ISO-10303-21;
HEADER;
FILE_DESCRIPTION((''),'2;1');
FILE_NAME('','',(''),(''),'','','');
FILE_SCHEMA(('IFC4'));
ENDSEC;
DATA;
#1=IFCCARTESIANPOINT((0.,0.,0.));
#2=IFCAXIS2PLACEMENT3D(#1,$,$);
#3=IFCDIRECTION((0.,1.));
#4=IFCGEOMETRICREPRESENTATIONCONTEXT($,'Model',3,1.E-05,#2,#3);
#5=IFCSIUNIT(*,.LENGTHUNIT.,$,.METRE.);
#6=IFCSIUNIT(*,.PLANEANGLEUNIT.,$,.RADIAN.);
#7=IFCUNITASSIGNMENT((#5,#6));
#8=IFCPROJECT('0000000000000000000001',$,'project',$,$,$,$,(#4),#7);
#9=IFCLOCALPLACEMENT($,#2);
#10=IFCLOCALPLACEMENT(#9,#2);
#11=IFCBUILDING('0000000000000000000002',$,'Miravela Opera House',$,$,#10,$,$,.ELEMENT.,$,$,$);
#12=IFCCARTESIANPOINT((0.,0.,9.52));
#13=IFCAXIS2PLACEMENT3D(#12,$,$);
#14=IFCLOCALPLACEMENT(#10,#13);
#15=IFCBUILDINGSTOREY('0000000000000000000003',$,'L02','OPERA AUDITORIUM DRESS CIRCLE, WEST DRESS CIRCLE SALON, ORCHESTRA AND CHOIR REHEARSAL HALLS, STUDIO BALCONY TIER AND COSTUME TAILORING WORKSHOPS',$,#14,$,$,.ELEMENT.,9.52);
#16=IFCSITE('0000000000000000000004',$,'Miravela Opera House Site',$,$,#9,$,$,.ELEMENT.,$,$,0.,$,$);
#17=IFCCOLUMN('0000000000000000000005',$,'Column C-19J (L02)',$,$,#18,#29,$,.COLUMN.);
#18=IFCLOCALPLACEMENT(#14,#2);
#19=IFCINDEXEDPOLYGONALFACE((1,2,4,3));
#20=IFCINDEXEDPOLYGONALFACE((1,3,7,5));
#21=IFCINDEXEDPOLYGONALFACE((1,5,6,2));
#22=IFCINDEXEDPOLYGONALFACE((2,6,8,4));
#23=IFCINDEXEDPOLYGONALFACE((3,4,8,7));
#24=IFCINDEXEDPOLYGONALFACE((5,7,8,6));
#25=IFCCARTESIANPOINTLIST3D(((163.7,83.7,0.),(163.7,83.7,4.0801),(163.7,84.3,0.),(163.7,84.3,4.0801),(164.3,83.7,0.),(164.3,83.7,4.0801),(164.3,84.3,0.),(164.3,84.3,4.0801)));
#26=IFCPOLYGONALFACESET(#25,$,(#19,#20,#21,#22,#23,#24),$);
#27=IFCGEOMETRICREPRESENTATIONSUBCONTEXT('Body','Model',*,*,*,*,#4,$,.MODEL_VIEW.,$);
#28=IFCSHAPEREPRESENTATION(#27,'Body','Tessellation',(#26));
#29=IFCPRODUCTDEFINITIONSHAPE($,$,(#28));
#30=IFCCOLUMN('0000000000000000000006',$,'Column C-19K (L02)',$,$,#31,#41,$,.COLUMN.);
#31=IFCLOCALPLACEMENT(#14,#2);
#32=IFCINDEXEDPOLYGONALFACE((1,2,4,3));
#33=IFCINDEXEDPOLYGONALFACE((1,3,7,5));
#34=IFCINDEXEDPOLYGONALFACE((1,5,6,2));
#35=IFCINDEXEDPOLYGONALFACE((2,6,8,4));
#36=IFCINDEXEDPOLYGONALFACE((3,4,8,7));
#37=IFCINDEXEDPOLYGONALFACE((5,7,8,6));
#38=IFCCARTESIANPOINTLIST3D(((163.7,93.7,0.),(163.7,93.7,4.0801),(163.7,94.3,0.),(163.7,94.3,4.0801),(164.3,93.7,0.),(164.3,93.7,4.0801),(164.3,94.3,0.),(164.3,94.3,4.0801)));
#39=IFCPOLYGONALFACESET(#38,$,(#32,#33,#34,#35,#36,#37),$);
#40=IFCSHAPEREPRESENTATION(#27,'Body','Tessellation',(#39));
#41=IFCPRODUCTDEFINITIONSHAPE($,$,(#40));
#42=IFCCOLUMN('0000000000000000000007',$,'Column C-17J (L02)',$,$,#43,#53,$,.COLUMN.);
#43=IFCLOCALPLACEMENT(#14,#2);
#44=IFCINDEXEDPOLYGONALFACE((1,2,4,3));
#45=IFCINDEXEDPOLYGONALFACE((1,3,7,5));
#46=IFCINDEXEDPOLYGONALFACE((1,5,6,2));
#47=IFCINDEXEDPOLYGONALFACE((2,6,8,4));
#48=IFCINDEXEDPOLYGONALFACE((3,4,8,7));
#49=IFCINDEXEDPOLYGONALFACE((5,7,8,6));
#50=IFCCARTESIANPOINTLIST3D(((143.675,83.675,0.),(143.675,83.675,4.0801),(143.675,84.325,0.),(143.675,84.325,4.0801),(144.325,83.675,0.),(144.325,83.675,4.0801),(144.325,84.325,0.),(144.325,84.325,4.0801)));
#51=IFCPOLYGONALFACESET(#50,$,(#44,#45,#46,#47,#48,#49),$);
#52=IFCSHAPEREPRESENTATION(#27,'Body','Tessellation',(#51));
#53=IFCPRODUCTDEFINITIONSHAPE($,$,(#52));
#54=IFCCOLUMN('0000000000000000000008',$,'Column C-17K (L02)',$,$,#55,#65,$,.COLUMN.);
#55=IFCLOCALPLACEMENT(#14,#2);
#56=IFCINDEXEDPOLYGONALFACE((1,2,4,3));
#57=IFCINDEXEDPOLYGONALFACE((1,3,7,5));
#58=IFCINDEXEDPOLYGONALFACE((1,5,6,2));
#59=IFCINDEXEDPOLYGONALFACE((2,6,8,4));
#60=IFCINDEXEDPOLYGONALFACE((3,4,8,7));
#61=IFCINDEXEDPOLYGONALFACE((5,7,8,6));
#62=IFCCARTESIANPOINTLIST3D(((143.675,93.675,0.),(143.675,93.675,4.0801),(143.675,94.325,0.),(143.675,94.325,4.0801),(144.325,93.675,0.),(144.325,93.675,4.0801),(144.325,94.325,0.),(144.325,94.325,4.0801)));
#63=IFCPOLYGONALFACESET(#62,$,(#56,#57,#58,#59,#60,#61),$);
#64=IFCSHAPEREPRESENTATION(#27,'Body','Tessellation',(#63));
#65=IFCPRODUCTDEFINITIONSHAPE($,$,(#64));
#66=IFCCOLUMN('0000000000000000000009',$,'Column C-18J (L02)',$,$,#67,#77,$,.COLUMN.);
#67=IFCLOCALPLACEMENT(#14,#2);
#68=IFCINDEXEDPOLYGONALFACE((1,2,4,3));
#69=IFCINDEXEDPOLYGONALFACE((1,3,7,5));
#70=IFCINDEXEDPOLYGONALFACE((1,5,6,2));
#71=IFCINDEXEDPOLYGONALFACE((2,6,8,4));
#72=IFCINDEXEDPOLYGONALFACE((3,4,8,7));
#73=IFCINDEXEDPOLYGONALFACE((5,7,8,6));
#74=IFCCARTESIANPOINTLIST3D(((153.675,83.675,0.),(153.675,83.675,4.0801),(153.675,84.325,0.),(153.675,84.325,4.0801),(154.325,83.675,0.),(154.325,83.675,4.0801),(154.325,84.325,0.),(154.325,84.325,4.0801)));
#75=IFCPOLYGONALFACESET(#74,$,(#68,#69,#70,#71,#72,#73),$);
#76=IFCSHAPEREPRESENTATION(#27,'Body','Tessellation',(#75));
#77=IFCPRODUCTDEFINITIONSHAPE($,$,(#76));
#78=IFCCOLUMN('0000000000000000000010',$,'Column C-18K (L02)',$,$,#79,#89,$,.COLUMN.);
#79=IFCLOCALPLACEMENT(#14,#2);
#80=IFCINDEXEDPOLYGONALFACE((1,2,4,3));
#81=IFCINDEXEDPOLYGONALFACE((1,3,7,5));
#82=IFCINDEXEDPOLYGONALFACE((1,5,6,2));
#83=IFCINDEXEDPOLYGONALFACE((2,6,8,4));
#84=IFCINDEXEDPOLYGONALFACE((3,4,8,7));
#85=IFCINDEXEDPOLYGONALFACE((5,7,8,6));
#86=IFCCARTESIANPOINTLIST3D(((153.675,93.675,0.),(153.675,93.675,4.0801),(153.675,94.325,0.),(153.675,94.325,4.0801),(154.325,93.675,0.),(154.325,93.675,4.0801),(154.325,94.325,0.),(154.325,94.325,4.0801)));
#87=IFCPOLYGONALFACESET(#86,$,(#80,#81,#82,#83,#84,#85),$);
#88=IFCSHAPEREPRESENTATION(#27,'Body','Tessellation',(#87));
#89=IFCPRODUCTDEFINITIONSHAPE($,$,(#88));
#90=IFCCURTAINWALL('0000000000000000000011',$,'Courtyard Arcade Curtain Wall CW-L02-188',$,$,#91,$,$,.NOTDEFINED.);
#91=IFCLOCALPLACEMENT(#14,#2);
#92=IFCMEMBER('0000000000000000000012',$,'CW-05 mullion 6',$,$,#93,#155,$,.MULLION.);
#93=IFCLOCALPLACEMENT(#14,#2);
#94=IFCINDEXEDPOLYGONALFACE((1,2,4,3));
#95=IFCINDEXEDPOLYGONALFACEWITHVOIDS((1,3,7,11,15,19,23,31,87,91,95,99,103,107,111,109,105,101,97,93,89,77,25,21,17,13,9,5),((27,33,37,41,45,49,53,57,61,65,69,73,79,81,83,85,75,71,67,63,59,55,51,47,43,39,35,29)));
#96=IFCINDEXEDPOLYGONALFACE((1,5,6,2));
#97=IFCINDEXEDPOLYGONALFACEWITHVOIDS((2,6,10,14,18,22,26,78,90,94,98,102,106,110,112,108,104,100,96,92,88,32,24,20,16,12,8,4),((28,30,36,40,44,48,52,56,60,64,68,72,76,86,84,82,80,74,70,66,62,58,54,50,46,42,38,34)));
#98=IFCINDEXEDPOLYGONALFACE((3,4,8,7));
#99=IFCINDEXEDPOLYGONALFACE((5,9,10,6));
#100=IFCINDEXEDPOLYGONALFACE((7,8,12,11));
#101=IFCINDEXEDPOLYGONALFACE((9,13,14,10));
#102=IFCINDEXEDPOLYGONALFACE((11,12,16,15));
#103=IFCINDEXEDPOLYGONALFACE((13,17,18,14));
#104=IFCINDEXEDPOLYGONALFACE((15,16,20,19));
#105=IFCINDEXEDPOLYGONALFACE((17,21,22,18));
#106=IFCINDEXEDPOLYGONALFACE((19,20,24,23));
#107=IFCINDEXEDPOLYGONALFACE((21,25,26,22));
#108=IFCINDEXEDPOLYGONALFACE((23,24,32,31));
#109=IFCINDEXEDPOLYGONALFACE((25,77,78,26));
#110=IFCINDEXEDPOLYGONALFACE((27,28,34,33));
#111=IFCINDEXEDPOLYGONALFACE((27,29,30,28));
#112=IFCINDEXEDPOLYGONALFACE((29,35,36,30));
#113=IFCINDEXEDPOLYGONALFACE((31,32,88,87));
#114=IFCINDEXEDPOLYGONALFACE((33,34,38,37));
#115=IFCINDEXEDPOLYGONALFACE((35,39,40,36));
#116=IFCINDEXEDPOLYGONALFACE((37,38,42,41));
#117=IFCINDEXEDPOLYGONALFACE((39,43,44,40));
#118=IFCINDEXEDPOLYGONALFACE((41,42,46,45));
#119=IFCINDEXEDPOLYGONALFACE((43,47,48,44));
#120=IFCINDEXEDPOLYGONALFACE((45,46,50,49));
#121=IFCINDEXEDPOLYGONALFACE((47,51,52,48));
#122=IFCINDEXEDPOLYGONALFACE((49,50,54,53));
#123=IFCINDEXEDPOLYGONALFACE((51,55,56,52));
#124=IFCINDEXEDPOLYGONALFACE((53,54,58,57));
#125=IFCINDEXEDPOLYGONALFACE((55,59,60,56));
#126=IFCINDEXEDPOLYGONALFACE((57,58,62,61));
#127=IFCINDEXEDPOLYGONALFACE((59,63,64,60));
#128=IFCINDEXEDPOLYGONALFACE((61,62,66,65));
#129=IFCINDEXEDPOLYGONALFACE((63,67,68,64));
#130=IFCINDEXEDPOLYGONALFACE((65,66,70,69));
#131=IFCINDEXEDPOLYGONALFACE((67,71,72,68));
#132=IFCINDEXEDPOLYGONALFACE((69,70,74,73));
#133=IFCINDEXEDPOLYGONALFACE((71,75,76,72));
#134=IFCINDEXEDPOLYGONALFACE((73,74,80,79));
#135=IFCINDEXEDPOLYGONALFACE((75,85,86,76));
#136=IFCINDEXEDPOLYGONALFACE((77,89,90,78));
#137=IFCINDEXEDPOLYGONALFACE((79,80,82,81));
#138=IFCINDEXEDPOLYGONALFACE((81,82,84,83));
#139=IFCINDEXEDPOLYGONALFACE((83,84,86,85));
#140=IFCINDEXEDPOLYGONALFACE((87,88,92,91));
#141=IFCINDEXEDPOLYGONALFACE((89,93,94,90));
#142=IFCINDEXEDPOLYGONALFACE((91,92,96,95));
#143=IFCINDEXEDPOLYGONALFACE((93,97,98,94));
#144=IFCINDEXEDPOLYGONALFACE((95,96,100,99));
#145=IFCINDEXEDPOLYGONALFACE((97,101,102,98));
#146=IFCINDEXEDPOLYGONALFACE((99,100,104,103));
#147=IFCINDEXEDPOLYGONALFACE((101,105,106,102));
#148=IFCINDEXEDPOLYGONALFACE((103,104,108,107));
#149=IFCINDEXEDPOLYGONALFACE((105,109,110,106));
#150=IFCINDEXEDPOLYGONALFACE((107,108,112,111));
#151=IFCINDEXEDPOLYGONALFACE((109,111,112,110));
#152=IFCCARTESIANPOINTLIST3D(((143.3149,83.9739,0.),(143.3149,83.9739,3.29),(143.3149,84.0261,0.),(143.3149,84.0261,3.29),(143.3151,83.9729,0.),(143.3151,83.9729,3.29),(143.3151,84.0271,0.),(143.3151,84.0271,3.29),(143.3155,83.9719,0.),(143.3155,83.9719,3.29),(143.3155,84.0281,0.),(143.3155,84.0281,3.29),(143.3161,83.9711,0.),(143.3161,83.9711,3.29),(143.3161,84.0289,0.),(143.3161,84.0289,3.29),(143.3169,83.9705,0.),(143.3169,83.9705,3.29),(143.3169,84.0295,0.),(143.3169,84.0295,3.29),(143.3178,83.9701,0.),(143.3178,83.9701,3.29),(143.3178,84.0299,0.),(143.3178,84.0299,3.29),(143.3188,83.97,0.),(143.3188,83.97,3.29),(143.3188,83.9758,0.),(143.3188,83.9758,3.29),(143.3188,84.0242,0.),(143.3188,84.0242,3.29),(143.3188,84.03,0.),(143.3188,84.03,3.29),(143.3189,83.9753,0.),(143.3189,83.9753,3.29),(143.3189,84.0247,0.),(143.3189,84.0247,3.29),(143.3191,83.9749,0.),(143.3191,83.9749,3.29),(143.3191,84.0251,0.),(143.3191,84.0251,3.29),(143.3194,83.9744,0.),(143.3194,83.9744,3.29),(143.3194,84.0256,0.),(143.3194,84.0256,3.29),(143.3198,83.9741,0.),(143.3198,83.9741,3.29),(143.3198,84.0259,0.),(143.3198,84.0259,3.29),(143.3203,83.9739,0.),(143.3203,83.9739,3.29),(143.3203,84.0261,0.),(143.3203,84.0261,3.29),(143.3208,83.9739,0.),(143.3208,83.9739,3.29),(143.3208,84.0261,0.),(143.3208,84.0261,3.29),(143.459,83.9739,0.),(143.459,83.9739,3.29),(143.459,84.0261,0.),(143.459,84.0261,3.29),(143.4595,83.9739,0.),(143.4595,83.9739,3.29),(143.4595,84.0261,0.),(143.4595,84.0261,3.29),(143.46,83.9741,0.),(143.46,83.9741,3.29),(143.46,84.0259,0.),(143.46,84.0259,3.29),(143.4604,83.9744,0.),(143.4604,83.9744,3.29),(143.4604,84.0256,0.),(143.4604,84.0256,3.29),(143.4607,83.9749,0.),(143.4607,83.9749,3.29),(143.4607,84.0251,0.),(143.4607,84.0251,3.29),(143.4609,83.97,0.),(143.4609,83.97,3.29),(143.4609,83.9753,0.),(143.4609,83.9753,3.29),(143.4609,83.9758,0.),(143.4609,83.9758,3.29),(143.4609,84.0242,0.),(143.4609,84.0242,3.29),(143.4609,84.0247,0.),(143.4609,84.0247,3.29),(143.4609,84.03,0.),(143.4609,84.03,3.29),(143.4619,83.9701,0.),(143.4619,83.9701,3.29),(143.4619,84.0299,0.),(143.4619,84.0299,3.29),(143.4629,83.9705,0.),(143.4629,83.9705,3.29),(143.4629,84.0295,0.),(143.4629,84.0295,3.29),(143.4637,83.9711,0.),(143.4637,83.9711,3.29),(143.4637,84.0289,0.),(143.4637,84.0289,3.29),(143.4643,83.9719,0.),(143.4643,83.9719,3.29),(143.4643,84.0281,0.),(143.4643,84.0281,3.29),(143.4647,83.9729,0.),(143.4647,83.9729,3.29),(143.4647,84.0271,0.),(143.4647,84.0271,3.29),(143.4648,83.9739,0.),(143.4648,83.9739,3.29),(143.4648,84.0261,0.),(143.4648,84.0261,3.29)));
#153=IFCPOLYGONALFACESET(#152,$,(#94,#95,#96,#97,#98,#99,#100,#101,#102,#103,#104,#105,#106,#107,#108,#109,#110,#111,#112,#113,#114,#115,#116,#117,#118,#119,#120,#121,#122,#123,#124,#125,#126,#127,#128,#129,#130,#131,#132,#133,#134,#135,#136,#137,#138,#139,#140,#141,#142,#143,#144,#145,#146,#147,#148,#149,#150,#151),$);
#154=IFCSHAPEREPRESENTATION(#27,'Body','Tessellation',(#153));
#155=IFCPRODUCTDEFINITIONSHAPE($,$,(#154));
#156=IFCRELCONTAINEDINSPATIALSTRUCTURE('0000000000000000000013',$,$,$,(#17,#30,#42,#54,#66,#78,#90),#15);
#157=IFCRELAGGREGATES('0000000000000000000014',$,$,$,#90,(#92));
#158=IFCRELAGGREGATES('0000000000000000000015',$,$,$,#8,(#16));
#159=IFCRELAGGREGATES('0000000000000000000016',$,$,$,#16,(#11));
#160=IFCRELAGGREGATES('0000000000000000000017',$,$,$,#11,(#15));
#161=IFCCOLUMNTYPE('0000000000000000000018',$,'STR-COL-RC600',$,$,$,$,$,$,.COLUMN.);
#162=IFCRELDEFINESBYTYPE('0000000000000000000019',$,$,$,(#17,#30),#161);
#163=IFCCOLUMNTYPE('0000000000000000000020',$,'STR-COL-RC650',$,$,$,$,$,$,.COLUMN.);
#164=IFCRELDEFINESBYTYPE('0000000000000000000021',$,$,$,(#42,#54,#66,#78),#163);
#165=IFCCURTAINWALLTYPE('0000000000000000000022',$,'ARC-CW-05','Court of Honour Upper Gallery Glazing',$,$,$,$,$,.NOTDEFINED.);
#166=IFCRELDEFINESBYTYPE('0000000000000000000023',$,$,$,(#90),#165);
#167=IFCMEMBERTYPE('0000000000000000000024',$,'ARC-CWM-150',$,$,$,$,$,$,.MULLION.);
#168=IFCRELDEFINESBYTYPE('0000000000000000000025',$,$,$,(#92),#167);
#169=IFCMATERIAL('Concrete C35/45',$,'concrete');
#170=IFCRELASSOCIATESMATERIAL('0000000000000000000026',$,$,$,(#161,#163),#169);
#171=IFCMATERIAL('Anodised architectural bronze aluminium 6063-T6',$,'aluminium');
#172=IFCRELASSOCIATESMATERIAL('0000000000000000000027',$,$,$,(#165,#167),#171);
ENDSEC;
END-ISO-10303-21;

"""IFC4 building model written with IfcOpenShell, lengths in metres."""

from ifc_helpers import new_model, si_unit, direction, frame, origin, origin_2d, place, context, subcontext, project, spatial, rectangle, hollow_rectangle, extrude, material, material_profile, profile_set, type_object, element, aggregate, save


model = new_model("IFC4")

# Units and contexts
model_context = context("Model", 3, precision=1e-05, world=origin(), true_north=direction((0.0, 1.0)))
body_context = subcontext(model_context, "Body", "Model", "MODEL_VIEW")
ifc_project = project(units=[si_unit("LENGTHUNIT", "METRE"), si_unit("PLANEANGLEUNIT", "RADIAN")], contexts=[model_context])

# Site, building, storey
site_placement = place(None, origin())
site = spatial("IfcSite", under=ifc_project, at=site_placement, Name="Miravela Opera House Site", CompositionType="ELEMENT", RefElevation=0.0)
building_placement = place(site_placement, origin())
building = spatial("IfcBuilding", under=site, at=building_placement, Name="Miravela Opera House", CompositionType="ELEMENT")
storey_placement = place(building_placement, frame((0.0, 0.0, 9.52)))
storey = spatial("IfcBuildingStorey", under=building, at=storey_placement, Name="L02", Description="OPERA AUDITORIUM DRESS CIRCLE, WEST DRESS CIRCLE SALON, ORCHESTRA AND CHOIR REHEARSAL HALLS, STUDIO BALCONY TIER AND COSTUME TAILORING WORKSHOPS", CompositionType="ELEMENT", Elevation=9.52)

# Columns
ifc_material_1 = material(Name="Concrete C35/45", Category="concrete")
ifc_material_profile_1 = material_profile(ifc_material_1, rectangle(XDim=0.6001, YDim=0.6001, at=origin_2d()), Name="RC-COL-600X600")
ifc_profile_set_1 = profile_set([ifc_material_profile_1])
column_type_1 = type_object("IfcColumnType", Name="STR-COL-RC600", PredefinedType="COLUMN", material=ifc_profile_set_1)
for number, where, z_axis, x_axis, name in (
    (1, (164.0, 84.0, 0.0), (0.0, 0.0, 1.0), (1.0, 0.0, 0.0), "Column C-19J (L02)"),
    (2, (164.0, 94.0, 0.0), (0.0, 0.0, 1.0), (1.0, 0.0, 0.0), "Column C-19K (L02)"),
):
    element("IfcColumn", number, at=place(storey_placement, frame(where, z_axis=z_axis, x_axis=x_axis)), inside=storey, type_object=column_type_1, Name=name, PredefinedType="COLUMN", context=body_context, shape_type="SweptSolid", body=[
        extrude(rectangle(XDim=0.6001, YDim=0.6001, at=origin_2d()), origin(), (0.0, 0.0, 1.0), 4.0801),
    ])
ifc_material_profile_2 = material_profile(ifc_material_1, rectangle(XDim=0.6499, YDim=0.6499, at=origin_2d()), Name="RC-COL-650X650")
ifc_profile_set_2 = profile_set([ifc_material_profile_2])
column_type_2 = type_object("IfcColumnType", Name="STR-COL-RC650", PredefinedType="COLUMN", material=ifc_profile_set_2)
for number, where, z_axis, x_axis, name in (
    (3, (144.0, 84.0, 0.0), (0.0, 0.0, 1.0), (1.0, 0.0, 0.0), "Column C-17J (L02)"),
    (4, (144.0, 94.0, 0.0), (0.0, 0.0, 1.0), (1.0, 0.0, 0.0), "Column C-17K (L02)"),
    (5, (154.0, 84.0, 0.0), (0.0, 0.0, 1.0), (1.0, 0.0, 0.0), "Column C-18J (L02)"),
    (6, (154.0, 94.0, 0.0), (0.0, 0.0, 1.0), (1.0, 0.0, 0.0), "Column C-18K (L02)"),
):
    element("IfcColumn", number, at=place(storey_placement, frame(where, z_axis=z_axis, x_axis=x_axis)), inside=storey, type_object=column_type_2, Name=name, PredefinedType="COLUMN", context=body_context, shape_type="SweptSolid", body=[
        extrude(rectangle(XDim=0.6499, YDim=0.6499, at=origin_2d()), origin(), (0.0, 0.0, 1.0), 4.0801),
    ])

# Curtain wall, member
ifc_material_2 = material(Name="Anodised architectural bronze aluminium 6063-T6", Category="aluminium")
curtain_wall_type = type_object("IfcCurtainWallType", Name="ARC-CW-05", Description="Court of Honour Upper Gallery Glazing", PredefinedType="NOTDEFINED", material=ifc_material_2)
curtain_wall_1_placement = place(storey_placement, origin())
curtain_wall_1 = element("IfcCurtainWall", 7, at=curtain_wall_1_placement, inside=storey, type_object=curtain_wall_type, Name="Courtyard Arcade Curtain Wall CW-L02-188", PredefinedType="NOTDEFINED")
ifc_material_profile_3 = material_profile(ifc_material_2, hollow_rectangle(XDim=0.0601, YDim=0.1499, WallThickness=0.0039, InnerFilletRadius=0.002, OuterFilletRadius=0.0039, at=origin_2d()), Name="CWM-60X150")
ifc_profile_set_3 = profile_set([ifc_material_profile_3])
member_type_1 = type_object("IfcMemberType", Name="ARC-CWM-150", PredefinedType="MULLION", material=ifc_profile_set_3)
member_1_placement = place(storey_placement, frame((143.3899, 84.0, 0.0), z_axis=(0.0, 0.0, 1.0), x_axis=(0.0, 1.0, 0.0)))
member_1 = element("IfcMember", 8, at=member_1_placement, type_object=member_type_1, Name="CW-05 mullion 6", PredefinedType="MULLION", context=body_context, shape_type="SweptSolid", body=[
    extrude(hollow_rectangle(XDim=0.0601, YDim=0.1499, WallThickness=0.0039, InnerFilletRadius=0.002, OuterFilletRadius=0.0039, at=origin_2d()), origin(), (0.0, 0.0, 1.0), 3.29),
])

aggregate(curtain_wall_1, [member_1])

save(model, "model.ifc")
